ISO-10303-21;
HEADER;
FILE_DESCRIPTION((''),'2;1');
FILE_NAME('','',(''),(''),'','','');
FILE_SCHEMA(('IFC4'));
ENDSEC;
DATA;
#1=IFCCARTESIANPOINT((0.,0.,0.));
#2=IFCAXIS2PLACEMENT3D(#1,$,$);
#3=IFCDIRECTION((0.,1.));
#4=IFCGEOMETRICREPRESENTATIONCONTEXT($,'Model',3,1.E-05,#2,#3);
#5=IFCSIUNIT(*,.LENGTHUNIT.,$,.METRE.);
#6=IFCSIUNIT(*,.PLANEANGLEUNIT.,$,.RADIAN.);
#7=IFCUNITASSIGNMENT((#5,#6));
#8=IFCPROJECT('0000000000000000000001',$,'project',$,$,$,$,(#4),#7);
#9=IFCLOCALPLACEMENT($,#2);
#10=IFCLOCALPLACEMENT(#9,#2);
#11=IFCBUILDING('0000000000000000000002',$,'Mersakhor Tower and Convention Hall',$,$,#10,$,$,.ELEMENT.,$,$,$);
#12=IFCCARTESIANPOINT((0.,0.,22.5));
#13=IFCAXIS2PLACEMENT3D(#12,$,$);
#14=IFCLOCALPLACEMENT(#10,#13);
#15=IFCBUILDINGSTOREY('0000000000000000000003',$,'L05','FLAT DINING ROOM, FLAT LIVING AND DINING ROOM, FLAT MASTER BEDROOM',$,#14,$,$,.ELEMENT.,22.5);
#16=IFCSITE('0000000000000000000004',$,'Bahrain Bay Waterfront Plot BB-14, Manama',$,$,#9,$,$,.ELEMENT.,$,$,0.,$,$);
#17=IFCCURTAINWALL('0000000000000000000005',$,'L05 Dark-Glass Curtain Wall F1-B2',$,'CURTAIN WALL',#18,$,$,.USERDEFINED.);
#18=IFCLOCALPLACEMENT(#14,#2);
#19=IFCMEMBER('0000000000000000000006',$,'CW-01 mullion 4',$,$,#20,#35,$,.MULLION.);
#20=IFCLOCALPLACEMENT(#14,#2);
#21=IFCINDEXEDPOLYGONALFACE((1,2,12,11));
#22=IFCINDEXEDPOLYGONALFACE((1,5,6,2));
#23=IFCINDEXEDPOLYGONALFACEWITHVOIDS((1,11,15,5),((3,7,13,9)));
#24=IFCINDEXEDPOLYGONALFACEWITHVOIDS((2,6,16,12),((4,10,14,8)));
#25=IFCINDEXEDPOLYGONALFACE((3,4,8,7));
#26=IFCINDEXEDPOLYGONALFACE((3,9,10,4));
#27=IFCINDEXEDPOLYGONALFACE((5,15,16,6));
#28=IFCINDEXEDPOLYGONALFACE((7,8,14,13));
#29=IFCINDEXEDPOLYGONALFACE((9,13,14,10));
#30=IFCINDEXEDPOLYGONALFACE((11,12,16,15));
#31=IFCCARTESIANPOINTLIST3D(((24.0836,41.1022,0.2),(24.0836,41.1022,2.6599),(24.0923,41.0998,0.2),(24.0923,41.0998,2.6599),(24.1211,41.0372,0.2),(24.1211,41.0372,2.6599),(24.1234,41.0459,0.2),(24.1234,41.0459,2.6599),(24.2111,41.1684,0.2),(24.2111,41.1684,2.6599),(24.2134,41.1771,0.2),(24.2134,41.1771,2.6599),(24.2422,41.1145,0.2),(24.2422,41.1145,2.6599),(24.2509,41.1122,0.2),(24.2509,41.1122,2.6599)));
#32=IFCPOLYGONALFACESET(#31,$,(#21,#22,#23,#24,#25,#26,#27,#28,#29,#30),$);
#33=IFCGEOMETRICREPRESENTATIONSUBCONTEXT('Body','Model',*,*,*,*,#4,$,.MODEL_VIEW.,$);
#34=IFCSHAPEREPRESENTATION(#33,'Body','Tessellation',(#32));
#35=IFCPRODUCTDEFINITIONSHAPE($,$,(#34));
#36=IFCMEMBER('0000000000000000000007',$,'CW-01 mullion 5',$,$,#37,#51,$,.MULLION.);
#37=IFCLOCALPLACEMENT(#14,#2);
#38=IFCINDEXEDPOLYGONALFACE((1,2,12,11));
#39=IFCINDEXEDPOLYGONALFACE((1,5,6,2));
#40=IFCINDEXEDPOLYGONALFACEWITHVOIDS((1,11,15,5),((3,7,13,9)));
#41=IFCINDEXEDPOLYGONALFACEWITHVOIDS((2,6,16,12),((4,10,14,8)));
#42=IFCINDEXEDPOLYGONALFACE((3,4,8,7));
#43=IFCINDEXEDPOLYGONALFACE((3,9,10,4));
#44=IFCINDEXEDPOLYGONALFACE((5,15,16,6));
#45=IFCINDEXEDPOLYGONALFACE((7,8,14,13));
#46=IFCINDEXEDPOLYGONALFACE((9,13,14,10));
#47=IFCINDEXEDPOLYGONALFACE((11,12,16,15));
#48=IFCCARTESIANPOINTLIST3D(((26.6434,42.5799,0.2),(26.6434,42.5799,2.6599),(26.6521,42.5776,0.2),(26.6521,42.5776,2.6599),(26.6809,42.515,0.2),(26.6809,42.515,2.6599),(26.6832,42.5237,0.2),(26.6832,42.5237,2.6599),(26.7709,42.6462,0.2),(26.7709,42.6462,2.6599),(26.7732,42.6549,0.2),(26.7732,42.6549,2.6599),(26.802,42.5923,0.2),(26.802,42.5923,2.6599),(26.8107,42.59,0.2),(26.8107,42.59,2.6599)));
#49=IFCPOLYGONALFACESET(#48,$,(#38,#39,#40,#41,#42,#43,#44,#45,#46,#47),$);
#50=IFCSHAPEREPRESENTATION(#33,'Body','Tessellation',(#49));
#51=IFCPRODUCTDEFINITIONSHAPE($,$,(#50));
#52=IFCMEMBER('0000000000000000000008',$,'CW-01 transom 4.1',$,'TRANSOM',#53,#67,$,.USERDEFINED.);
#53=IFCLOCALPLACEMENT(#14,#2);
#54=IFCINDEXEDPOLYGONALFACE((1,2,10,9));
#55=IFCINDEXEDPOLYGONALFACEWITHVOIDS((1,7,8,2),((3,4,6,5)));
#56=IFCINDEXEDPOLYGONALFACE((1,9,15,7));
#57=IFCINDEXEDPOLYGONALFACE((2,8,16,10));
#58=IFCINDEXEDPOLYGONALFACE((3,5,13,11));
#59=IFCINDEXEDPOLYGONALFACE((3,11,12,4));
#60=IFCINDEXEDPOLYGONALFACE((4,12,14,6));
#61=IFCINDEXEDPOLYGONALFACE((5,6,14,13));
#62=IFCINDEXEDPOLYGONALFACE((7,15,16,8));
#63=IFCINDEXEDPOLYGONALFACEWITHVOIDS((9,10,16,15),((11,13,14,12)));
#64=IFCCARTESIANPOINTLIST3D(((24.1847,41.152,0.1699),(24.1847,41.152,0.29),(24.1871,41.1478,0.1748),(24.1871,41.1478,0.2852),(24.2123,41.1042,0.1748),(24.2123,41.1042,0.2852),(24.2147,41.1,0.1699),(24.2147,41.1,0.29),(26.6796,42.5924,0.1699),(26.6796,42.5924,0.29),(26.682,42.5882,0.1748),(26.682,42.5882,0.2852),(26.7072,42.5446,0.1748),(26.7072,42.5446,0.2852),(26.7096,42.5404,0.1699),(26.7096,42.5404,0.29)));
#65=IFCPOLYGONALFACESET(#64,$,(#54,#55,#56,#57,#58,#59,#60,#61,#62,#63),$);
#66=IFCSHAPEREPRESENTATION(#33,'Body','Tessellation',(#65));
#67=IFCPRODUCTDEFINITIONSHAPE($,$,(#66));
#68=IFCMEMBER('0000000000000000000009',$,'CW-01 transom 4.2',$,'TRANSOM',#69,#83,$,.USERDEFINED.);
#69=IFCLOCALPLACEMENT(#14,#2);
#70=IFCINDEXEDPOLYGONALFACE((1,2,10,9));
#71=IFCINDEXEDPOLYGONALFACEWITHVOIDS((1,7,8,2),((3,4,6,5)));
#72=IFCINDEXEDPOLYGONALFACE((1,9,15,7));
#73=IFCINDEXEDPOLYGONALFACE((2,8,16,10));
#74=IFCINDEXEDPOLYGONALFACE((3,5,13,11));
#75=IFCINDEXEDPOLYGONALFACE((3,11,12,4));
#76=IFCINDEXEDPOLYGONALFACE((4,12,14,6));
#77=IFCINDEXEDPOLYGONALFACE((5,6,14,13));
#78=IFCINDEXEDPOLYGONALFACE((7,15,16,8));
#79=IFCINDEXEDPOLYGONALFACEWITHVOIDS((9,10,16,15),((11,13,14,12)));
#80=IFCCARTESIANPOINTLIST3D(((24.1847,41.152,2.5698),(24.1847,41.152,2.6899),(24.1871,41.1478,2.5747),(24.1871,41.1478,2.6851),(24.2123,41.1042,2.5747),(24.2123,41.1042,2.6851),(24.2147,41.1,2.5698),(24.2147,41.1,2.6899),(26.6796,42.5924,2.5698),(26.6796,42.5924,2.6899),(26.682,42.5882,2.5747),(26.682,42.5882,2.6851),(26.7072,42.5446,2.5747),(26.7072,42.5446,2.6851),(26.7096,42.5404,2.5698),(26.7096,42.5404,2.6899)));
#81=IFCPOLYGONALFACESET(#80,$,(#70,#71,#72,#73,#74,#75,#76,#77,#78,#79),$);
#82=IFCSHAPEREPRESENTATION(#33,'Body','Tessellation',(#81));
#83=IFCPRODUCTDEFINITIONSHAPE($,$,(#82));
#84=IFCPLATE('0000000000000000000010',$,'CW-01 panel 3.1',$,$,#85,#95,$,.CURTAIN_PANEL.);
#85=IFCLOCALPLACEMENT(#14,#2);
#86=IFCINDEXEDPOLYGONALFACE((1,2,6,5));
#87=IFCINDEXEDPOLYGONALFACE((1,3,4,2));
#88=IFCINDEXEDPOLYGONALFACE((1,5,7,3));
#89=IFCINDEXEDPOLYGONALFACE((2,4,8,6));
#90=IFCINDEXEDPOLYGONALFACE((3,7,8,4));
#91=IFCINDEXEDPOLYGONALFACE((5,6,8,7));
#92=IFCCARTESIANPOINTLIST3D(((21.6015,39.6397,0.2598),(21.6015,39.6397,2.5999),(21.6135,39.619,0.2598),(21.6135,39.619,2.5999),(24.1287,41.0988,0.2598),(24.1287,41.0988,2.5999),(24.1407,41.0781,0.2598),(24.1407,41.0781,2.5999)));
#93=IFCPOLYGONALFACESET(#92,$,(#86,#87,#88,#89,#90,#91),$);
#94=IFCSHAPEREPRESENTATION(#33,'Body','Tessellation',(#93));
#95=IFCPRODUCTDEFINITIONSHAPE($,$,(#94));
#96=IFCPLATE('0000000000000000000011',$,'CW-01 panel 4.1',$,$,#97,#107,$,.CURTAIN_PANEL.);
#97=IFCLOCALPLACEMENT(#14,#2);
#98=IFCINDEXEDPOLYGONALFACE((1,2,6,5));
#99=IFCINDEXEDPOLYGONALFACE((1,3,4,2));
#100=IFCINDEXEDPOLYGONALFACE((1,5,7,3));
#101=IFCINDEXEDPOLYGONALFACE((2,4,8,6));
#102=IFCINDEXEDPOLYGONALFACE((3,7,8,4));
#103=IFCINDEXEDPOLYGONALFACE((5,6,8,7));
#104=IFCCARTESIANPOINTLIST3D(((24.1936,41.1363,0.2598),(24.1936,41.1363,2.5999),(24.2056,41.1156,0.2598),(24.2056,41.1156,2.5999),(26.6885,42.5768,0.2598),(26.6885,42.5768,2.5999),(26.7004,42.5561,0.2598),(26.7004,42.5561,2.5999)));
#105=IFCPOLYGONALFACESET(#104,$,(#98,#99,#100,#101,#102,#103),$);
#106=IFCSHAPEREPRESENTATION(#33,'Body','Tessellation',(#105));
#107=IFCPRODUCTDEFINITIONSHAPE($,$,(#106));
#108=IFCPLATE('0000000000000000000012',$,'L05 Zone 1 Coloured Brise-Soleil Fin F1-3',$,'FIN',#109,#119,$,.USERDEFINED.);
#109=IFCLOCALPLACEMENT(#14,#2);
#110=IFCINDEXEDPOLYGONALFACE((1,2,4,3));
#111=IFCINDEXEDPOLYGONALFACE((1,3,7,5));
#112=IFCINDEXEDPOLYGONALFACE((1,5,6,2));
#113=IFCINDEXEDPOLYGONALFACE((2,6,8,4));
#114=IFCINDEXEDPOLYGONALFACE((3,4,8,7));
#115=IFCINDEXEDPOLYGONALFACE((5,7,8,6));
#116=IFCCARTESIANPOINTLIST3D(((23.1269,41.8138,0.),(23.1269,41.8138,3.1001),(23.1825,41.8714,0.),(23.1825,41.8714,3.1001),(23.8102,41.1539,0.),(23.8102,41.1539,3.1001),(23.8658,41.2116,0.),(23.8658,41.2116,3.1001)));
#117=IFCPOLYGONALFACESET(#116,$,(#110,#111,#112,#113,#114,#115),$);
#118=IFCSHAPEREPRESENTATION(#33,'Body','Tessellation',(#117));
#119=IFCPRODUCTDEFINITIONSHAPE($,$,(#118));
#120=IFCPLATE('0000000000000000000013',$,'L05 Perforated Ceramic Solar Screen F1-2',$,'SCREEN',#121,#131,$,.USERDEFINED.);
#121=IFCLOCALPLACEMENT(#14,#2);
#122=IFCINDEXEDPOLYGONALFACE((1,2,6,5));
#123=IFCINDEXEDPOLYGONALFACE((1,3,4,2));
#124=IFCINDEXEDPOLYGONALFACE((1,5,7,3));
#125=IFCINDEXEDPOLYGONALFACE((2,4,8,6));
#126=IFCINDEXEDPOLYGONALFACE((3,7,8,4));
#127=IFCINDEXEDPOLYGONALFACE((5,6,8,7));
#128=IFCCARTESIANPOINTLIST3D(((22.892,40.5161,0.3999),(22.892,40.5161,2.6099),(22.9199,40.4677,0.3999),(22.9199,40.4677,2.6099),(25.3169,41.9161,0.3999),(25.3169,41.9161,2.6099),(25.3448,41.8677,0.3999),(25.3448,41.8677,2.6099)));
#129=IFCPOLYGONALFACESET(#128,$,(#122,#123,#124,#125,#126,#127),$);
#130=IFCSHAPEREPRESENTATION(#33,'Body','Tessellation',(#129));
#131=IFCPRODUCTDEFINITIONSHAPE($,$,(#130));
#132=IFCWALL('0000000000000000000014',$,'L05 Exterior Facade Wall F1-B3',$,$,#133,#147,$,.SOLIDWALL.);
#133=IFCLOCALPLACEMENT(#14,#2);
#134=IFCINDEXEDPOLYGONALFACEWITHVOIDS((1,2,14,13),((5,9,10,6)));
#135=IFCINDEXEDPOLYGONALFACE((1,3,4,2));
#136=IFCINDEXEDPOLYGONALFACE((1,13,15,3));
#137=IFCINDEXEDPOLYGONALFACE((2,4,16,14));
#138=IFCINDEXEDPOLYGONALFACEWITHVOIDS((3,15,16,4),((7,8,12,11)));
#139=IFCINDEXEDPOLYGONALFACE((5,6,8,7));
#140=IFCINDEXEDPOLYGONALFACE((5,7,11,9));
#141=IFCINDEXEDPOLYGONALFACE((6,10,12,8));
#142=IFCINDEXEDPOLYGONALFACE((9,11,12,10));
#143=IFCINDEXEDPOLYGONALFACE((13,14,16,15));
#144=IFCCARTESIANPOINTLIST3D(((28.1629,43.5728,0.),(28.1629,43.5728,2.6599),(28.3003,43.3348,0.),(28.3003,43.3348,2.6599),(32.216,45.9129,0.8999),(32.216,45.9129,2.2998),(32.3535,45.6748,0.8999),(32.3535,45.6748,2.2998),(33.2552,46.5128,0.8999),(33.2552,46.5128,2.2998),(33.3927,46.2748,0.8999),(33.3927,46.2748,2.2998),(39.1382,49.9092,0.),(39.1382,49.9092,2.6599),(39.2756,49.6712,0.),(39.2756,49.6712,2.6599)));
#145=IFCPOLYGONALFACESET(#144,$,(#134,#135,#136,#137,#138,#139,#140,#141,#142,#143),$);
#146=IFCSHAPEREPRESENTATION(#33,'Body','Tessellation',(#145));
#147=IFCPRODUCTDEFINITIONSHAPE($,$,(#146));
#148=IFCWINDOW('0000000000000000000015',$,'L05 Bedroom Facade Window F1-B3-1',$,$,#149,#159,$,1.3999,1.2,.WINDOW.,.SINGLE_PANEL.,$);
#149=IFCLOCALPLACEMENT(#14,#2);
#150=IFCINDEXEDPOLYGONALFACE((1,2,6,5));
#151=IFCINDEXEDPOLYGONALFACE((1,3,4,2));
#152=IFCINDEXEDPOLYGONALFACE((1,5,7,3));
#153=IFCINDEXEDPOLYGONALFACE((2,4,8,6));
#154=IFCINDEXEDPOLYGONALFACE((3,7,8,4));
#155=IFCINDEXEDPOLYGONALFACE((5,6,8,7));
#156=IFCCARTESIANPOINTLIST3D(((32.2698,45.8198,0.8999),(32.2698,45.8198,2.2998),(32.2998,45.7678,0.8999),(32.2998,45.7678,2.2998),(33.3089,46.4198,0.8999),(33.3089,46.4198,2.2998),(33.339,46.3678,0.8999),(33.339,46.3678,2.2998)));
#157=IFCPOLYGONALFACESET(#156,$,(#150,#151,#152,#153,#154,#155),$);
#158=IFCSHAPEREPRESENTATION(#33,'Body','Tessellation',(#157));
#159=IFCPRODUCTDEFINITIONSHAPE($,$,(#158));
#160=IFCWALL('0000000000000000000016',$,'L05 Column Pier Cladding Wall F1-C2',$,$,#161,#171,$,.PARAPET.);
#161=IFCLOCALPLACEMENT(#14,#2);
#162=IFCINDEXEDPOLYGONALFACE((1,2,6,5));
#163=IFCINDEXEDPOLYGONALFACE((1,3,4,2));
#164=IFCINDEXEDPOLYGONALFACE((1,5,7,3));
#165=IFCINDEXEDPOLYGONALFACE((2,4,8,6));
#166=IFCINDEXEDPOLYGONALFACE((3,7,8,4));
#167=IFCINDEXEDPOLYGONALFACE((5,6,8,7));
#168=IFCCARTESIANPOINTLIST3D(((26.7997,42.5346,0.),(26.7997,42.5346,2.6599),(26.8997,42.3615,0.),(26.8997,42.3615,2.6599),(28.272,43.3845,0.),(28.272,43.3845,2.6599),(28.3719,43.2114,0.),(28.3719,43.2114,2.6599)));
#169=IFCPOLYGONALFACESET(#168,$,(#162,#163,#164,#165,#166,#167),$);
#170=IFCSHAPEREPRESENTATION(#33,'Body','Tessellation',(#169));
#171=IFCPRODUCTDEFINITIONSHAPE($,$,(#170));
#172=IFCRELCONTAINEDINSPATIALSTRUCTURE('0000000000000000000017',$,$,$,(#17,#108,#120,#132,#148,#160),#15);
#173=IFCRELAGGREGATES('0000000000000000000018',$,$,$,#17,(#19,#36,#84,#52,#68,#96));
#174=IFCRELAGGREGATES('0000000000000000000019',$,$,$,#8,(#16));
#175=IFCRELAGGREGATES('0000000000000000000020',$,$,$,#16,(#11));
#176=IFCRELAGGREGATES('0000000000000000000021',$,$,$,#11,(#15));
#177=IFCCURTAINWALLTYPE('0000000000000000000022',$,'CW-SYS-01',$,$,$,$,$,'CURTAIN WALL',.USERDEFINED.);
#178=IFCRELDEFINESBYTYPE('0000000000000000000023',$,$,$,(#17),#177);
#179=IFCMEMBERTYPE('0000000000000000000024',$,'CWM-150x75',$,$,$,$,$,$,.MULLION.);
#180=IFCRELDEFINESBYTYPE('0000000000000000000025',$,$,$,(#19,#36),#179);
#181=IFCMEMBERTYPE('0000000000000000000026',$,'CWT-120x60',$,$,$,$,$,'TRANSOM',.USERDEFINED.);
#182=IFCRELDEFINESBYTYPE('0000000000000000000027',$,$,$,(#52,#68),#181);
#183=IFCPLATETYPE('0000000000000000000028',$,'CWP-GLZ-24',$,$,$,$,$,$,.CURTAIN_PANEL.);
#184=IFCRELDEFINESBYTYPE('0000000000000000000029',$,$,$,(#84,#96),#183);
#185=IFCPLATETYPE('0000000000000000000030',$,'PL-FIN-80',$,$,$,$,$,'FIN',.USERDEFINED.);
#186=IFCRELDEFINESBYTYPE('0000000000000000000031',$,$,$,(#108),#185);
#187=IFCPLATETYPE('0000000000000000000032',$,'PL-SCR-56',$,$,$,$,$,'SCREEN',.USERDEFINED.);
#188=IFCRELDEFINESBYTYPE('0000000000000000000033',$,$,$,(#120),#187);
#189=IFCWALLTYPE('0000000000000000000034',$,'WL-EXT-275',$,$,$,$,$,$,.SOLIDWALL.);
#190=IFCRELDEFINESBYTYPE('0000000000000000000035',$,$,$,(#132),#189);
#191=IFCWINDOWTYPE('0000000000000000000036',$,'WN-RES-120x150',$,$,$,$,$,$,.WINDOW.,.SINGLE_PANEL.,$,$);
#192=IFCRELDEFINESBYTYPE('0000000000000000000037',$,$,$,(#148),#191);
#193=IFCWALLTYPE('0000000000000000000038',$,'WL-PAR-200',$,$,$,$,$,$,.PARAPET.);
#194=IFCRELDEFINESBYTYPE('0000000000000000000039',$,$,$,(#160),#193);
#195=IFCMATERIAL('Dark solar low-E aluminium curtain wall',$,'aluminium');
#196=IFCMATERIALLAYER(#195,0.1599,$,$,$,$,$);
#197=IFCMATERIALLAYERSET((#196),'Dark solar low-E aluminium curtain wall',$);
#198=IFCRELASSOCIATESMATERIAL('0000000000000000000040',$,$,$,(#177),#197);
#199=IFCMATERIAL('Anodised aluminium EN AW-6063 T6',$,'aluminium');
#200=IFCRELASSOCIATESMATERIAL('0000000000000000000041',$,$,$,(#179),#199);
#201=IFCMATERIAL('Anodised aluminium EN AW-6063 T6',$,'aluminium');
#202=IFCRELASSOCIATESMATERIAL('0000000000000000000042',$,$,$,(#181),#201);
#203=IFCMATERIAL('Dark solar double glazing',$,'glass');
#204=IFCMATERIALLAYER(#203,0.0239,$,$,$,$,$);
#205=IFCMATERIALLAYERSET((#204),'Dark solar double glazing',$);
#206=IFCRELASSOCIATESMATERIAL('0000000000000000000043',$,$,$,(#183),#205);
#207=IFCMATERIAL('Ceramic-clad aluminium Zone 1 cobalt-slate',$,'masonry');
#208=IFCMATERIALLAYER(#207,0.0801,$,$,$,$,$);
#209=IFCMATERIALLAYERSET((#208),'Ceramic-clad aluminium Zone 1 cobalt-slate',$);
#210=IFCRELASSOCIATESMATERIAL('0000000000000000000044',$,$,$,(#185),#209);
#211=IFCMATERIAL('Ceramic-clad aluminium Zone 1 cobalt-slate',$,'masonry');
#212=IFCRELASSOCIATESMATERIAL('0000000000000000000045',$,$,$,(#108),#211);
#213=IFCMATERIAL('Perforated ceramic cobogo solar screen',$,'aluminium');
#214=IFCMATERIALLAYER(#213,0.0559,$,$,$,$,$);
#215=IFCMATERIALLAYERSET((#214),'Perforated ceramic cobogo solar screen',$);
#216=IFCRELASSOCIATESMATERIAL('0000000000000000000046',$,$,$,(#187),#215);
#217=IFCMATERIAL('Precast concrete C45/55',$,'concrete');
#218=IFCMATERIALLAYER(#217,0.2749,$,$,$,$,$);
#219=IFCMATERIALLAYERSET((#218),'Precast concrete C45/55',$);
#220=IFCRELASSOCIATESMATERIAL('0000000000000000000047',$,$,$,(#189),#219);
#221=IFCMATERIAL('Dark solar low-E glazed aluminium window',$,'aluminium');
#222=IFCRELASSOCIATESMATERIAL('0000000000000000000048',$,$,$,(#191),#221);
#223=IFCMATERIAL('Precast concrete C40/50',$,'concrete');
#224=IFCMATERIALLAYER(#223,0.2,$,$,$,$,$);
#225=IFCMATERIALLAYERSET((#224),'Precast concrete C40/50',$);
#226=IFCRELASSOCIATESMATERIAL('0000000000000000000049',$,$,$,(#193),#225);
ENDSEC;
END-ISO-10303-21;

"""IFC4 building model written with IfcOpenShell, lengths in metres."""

from ifc_helpers import new_model, si_unit, direction, frame, frame_2d, origin, origin_2d, place, context, subcontext, project, spatial, rectangle, hollow_rectangle, extrude, material, layer, layer_set, material_profile, profile_set, type_object, element, fill, aggregate, save


model = new_model("IFC4")

# Units and contexts
model_context = context("Model", 3, precision=1e-05, world=origin(), true_north=direction((0.0, 1.0)))
body_context = subcontext(model_context, "Body", "Model", "MODEL_VIEW")
ifc_project = project(units=[si_unit("LENGTHUNIT", "METRE"), si_unit("PLANEANGLEUNIT", "RADIAN")], contexts=[model_context])

# Site, building, storey
site_placement = place(None, origin())
site = spatial("IfcSite", under=ifc_project, at=site_placement, Name="Bahrain Bay Waterfront Plot BB-14, Manama", CompositionType="ELEMENT", RefElevation=0.0)
building_placement = place(site_placement, origin())
building = spatial("IfcBuilding", under=site, at=building_placement, Name="Mersakhor Tower and Convention Hall", CompositionType="ELEMENT")
storey_placement = place(building_placement, frame((0.0, 0.0, 22.5)))
storey = spatial("IfcBuildingStorey", under=building, at=storey_placement, Name="L05", Description="FLAT DINING ROOM, FLAT LIVING AND DINING ROOM, FLAT MASTER BEDROOM", CompositionType="ELEMENT", Elevation=22.5)

# Curtain wall, members, plates
ifc_material_1 = material(Name="Dark solar low-E aluminium curtain wall", Category="aluminium")
ifc_layer_1 = layer(ifc_material_1, 0.1599)
ifc_layer_set_1 = layer_set([ifc_layer_1], Name="Dark solar low-E aluminium curtain wall")
curtain_wall_type = type_object("IfcCurtainWallType", Name="CW-SYS-01", ElementType="CURTAIN WALL", PredefinedType="USERDEFINED", material=ifc_layer_set_1)
curtain_wall_placement = place(storey_placement, origin())
curtain_wall = element("IfcCurtainWall", 1, at=curtain_wall_placement, inside=storey, type_object=curtain_wall_type, Name="L05 Dark-Glass Curtain Wall F1-B2", ObjectType="CURTAIN WALL", PredefinedType="USERDEFINED")
ifc_material_2 = material(Name="Anodised aluminium EN AW-6063 T6", Category="aluminium")
ifc_material_profile_1 = material_profile(ifc_material_2, hollow_rectangle(XDim=0.075, YDim=0.1499, WallThickness=0.0063, at=origin_2d()), Name="RHS 150x75x6.3")
ifc_profile_set_1 = profile_set([ifc_material_profile_1], Name="Anodised aluminium EN AW-6063 T6")
member_type_1 = type_object("IfcMemberType", Name="CWM-150x75", PredefinedType="MULLION", material=ifc_profile_set_1)
member_1_placement = place(storey_placement, frame((24.1672, 41.1072, 0.2), z_axis=(0.0, 0.0, 1.0), x_axis=(-0.500003, 0.866023, 0.0)))
member_1 = element("IfcMember", 2, at=member_1_placement, type_object=member_type_1, Name="CW-01 mullion 4", PredefinedType="MULLION", context=body_context, shape_type="SweptSolid", body=[
    extrude(hollow_rectangle(XDim=0.075, YDim=0.1499, WallThickness=0.0063, at=origin_2d()), origin(), (0.0, 0.0, 1.0), 2.46),
])
member_2_placement = place(storey_placement, frame((26.7271, 42.585, 0.2), z_axis=(0.0, 0.0, 1.0), x_axis=(-0.500003, 0.866023, 0.0)))
member_2 = element("IfcMember", 3, at=member_2_placement, type_object=member_type_1, Name="CW-01 mullion 5", PredefinedType="MULLION", context=body_context, shape_type="SweptSolid", body=[
    extrude(hollow_rectangle(XDim=0.075, YDim=0.1499, WallThickness=0.0063, at=origin_2d()), origin(), (0.0, 0.0, 1.0), 2.46),
])
ifc_material_3 = material(Name="Anodised aluminium EN AW-6063 T6", Category="aluminium")
ifc_material_profile_2 = material_profile(ifc_material_3, hollow_rectangle(XDim=0.0601, YDim=0.1201, WallThickness=0.0049, at=origin_2d()), Name="RHS 120x60x5")
ifc_profile_set_2 = profile_set([ifc_material_profile_2], Name="Anodised aluminium EN AW-6063 T6")
member_type_2 = type_object("IfcMemberType", Name="CWT-120x60", ElementType="TRANSOM", PredefinedType="USERDEFINED", material=ifc_profile_set_2)
member_3_placement = place(storey_placement, frame((24.1997, 41.126, 0.23), z_axis=(0.866023, 0.500004, 0.0), x_axis=(-0.500004, 0.866023, 0.0)))
member_3 = element("IfcMember", 4, at=member_3_placement, type_object=member_type_2, Name="CW-01 transom 4.1", ObjectType="TRANSOM", PredefinedType="USERDEFINED", context=body_context, shape_type="SweptSolid", body=[
    extrude(hollow_rectangle(XDim=0.0601, YDim=0.1201, WallThickness=0.0049, at=origin_2d()), origin(), (0.0, 0.0, 1.0), 2.8809),
])
member_4_placement = place(storey_placement, frame((24.1997, 41.126, 2.6299), z_axis=(0.866023, 0.500004, 0.0), x_axis=(-0.500004, 0.866023, 0.0)))
member_4 = element("IfcMember", 5, at=member_4_placement, type_object=member_type_2, Name="CW-01 transom 4.2", ObjectType="TRANSOM", PredefinedType="USERDEFINED", context=body_context, shape_type="SweptSolid", body=[
    extrude(hollow_rectangle(XDim=0.0601, YDim=0.1201, WallThickness=0.0049, at=origin_2d()), origin(), (0.0, 0.0, 1.0), 2.8809),
])
ifc_material_4 = material(Name="Dark solar double glazing", Category="glass")
ifc_layer_2 = layer(ifc_material_4, 0.0239)
ifc_layer_set_2 = layer_set([ifc_layer_2], Name="Dark solar double glazing")
plate_type_1 = type_object("IfcPlateType", Name="CWP-GLZ-24", PredefinedType="CURTAIN_PANEL", material=ifc_layer_set_2)
plate_1_placement = place(storey_placement, frame((22.8711, 40.3589, 0.2598), z_axis=(0.0, 0.0, 1.0), x_axis=(0.866023, 0.500003, 0.0)))
plate_1 = element("IfcPlate", 6, at=plate_1_placement, type_object=plate_type_1, Name="CW-01 panel 3.1", PredefinedType="CURTAIN_PANEL", context=body_context, shape_type="SweptSolid", body=[
    extrude(rectangle(XDim=2.9182, YDim=0.0239, at=origin_2d()), origin(), (0.0, 0.0, 1.0), 2.3401),
])
plate_2_placement = place(storey_placement, frame((25.447, 41.8462, 0.2598), z_axis=(0.0, 0.0, 1.0), x_axis=(0.866023, 0.500003, 0.0)))
plate_2 = element("IfcPlate", 7, at=plate_2_placement, type_object=plate_type_1, Name="CW-01 panel 4.1", PredefinedType="CURTAIN_PANEL", context=body_context, shape_type="SweptSolid", body=[
    extrude(rectangle(XDim=2.8809, YDim=0.0239, at=origin_2d()), origin(), (0.0, 0.0, 1.0), 2.3401),
])
aggregate(curtain_wall, [member_1, member_2, plate_1, member_3, member_4, plate_2])

# Plates
ifc_material_5 = material(Name="Ceramic-clad aluminium Zone 1 cobalt-slate", Category="masonry")
ifc_material_6 = material(Name="Ceramic-clad aluminium Zone 1 cobalt-slate", Category="masonry")
ifc_layer_3 = layer(ifc_material_6, 0.0801)
ifc_layer_set_3 = layer_set([ifc_layer_3], Name="Ceramic-clad aluminium Zone 1 cobalt-slate")
plate_type_2 = type_object("IfcPlateType", Name="PL-FIN-80", ElementType="FIN", PredefinedType="USERDEFINED", material=ifc_layer_set_3)
plate_3_placement = place(storey_placement, frame((23.4963, 41.5127, 0.0), z_axis=(0.0, 0.0, 1.0), x_axis=(-0.71934, 0.694658, 0.0)))
element("IfcPlate", 8, at=plate_3_placement, inside=storey, type_object=plate_type_2, material=ifc_material_5, Name="L05 Zone 1 Coloured Brise-Soleil Fin F1-3", ObjectType="FIN", PredefinedType="USERDEFINED", context=body_context, shape_type="SweptSolid", body=[
    extrude(rectangle(XDim=0.95, YDim=0.0801, at=origin_2d()), origin(), (0.0, 0.0, 1.0), 3.1001),
])
ifc_material_7 = material(Name="Perforated ceramic cobogo solar screen", Category="aluminium")
ifc_layer_4 = layer(ifc_material_7, 0.0559)
ifc_layer_set_4 = layer_set([ifc_layer_4], Name="Perforated ceramic cobogo solar screen")
plate_type_3 = type_object("IfcPlateType", Name="PL-SCR-56", ElementType="SCREEN", PredefinedType="USERDEFINED", material=ifc_layer_set_4)
plate_4_placement = place(storey_placement, frame((24.1184, 41.1919, 0.3999), z_axis=(0.0, 0.0, 1.0), x_axis=(0.866025, 0.5, 0.0)))
element("IfcPlate", 9, at=plate_4_placement, inside=storey, type_object=plate_type_3, Name="L05 Perforated Ceramic Solar Screen F1-2", ObjectType="SCREEN", PredefinedType="USERDEFINED", context=body_context, shape_type="SweptSolid", body=[
    extrude(rectangle(XDim=2.8, YDim=0.0559, at=origin_2d()), origin(), (0.0, 0.0, 1.0), 2.21),
])

# Wall, opening, window
ifc_material_8 = material(Name="Precast concrete C45/55", Category="concrete")
ifc_layer_5 = layer(ifc_material_8, 0.2749)
ifc_layer_set_5 = layer_set([ifc_layer_5], Name="Precast concrete C45/55")
wall_type_1 = type_object("IfcWallType", Name="WL-EXT-275", PredefinedType="SOLIDWALL", material=ifc_layer_set_5)
wall_1_placement = place(storey_placement, frame((28.2317, 43.4539, 0.0), z_axis=(0.0, 0.0, 1.0), x_axis=(0.866032, 0.499989, 0.0)))
wall_1 = element("IfcWall", 10, at=wall_1_placement, inside=storey, type_object=wall_type_1, Name="L05 Exterior Facade Wall F1-B3", PredefinedType="SOLIDWALL", context=body_context, shape_type="SweptSolid", body=[
    extrude(rectangle(XDim=12.6731, YDim=0.2749, at=frame_2d((6.3364, 0.0))), origin(), (0.0, 0.0, 1.0), 2.6599),
])
opening_1_placement = place(wall_1_placement, frame((4.6799, 0.0, 0.8999)))
opening_1 = element("IfcOpeningElement", 11, at=opening_1_placement, cuts=wall_1, PredefinedType="OPENING", context=body_context, shape_type="SweptSolid", body=[
    extrude(rectangle(XDim=1.2, YDim=1.3999, at=frame_2d((0.6001, 0.7))), frame((0.0, 0.1475, 0.0), z_axis=(0.0, -1.0, 0.0), x_axis=(1.0, 0.0, 0.0)), (0.0, 0.0, 1.0), 0.2949),
])
ifc_material_9 = material(Name="Dark solar low-E glazed aluminium window", Category="aluminium")
window_type = type_object("IfcWindowType", Name="WN-RES-120x150", PartitioningType="SINGLE_PANEL", PredefinedType="WINDOW", material=ifc_material_9)
window_placement = place(opening_1_placement, origin())
window = element("IfcWindow", 12, at=window_placement, inside=storey, type_object=window_type, Name="L05 Bedroom Facade Window F1-B3-1", OverallHeight=1.3999, OverallWidth=1.2, PartitioningType="SINGLE_PANEL", PredefinedType="WINDOW", context=body_context, shape_type="SweptSolid", body=[
    extrude(rectangle(XDim=1.2, YDim=1.3999, at=frame_2d((0.6001, 0.7))), frame((0.0, 0.03, 0.0), z_axis=(0.0, -1.0, 0.0), x_axis=(1.0, 0.0, 0.0)), (0.0, 0.0, 1.0), 0.0601),
])
fill(opening_1, window)

# Wall
ifc_material_10 = material(Name="Precast concrete C40/50", Category="concrete")
ifc_layer_6 = layer(ifc_material_10, 0.2)
ifc_layer_set_6 = layer_set([ifc_layer_6], Name="Precast concrete C40/50")
wall_type_2 = type_object("IfcWallType", Name="WL-PAR-200", PredefinedType="PARAPET", material=ifc_layer_set_6)
wall_2_placement = place(storey_placement, frame((26.8496, 42.448, 0.0), z_axis=(0.0, 0.0, 1.0), x_axis=(0.866052, 0.499955, 0.0)))
element("IfcWall", 13, at=wall_2_placement, inside=storey, type_object=wall_type_2, Name="L05 Column Pier Cladding Wall F1-C2", PredefinedType="PARAPET", context=body_context, shape_type="SweptSolid", body=[
    extrude(rectangle(XDim=1.7, YDim=0.2, at=frame_2d((0.8501, 0.0))), origin(), (0.0, 0.0, 1.0), 2.6599),
])

save(model, "model.ifc")
